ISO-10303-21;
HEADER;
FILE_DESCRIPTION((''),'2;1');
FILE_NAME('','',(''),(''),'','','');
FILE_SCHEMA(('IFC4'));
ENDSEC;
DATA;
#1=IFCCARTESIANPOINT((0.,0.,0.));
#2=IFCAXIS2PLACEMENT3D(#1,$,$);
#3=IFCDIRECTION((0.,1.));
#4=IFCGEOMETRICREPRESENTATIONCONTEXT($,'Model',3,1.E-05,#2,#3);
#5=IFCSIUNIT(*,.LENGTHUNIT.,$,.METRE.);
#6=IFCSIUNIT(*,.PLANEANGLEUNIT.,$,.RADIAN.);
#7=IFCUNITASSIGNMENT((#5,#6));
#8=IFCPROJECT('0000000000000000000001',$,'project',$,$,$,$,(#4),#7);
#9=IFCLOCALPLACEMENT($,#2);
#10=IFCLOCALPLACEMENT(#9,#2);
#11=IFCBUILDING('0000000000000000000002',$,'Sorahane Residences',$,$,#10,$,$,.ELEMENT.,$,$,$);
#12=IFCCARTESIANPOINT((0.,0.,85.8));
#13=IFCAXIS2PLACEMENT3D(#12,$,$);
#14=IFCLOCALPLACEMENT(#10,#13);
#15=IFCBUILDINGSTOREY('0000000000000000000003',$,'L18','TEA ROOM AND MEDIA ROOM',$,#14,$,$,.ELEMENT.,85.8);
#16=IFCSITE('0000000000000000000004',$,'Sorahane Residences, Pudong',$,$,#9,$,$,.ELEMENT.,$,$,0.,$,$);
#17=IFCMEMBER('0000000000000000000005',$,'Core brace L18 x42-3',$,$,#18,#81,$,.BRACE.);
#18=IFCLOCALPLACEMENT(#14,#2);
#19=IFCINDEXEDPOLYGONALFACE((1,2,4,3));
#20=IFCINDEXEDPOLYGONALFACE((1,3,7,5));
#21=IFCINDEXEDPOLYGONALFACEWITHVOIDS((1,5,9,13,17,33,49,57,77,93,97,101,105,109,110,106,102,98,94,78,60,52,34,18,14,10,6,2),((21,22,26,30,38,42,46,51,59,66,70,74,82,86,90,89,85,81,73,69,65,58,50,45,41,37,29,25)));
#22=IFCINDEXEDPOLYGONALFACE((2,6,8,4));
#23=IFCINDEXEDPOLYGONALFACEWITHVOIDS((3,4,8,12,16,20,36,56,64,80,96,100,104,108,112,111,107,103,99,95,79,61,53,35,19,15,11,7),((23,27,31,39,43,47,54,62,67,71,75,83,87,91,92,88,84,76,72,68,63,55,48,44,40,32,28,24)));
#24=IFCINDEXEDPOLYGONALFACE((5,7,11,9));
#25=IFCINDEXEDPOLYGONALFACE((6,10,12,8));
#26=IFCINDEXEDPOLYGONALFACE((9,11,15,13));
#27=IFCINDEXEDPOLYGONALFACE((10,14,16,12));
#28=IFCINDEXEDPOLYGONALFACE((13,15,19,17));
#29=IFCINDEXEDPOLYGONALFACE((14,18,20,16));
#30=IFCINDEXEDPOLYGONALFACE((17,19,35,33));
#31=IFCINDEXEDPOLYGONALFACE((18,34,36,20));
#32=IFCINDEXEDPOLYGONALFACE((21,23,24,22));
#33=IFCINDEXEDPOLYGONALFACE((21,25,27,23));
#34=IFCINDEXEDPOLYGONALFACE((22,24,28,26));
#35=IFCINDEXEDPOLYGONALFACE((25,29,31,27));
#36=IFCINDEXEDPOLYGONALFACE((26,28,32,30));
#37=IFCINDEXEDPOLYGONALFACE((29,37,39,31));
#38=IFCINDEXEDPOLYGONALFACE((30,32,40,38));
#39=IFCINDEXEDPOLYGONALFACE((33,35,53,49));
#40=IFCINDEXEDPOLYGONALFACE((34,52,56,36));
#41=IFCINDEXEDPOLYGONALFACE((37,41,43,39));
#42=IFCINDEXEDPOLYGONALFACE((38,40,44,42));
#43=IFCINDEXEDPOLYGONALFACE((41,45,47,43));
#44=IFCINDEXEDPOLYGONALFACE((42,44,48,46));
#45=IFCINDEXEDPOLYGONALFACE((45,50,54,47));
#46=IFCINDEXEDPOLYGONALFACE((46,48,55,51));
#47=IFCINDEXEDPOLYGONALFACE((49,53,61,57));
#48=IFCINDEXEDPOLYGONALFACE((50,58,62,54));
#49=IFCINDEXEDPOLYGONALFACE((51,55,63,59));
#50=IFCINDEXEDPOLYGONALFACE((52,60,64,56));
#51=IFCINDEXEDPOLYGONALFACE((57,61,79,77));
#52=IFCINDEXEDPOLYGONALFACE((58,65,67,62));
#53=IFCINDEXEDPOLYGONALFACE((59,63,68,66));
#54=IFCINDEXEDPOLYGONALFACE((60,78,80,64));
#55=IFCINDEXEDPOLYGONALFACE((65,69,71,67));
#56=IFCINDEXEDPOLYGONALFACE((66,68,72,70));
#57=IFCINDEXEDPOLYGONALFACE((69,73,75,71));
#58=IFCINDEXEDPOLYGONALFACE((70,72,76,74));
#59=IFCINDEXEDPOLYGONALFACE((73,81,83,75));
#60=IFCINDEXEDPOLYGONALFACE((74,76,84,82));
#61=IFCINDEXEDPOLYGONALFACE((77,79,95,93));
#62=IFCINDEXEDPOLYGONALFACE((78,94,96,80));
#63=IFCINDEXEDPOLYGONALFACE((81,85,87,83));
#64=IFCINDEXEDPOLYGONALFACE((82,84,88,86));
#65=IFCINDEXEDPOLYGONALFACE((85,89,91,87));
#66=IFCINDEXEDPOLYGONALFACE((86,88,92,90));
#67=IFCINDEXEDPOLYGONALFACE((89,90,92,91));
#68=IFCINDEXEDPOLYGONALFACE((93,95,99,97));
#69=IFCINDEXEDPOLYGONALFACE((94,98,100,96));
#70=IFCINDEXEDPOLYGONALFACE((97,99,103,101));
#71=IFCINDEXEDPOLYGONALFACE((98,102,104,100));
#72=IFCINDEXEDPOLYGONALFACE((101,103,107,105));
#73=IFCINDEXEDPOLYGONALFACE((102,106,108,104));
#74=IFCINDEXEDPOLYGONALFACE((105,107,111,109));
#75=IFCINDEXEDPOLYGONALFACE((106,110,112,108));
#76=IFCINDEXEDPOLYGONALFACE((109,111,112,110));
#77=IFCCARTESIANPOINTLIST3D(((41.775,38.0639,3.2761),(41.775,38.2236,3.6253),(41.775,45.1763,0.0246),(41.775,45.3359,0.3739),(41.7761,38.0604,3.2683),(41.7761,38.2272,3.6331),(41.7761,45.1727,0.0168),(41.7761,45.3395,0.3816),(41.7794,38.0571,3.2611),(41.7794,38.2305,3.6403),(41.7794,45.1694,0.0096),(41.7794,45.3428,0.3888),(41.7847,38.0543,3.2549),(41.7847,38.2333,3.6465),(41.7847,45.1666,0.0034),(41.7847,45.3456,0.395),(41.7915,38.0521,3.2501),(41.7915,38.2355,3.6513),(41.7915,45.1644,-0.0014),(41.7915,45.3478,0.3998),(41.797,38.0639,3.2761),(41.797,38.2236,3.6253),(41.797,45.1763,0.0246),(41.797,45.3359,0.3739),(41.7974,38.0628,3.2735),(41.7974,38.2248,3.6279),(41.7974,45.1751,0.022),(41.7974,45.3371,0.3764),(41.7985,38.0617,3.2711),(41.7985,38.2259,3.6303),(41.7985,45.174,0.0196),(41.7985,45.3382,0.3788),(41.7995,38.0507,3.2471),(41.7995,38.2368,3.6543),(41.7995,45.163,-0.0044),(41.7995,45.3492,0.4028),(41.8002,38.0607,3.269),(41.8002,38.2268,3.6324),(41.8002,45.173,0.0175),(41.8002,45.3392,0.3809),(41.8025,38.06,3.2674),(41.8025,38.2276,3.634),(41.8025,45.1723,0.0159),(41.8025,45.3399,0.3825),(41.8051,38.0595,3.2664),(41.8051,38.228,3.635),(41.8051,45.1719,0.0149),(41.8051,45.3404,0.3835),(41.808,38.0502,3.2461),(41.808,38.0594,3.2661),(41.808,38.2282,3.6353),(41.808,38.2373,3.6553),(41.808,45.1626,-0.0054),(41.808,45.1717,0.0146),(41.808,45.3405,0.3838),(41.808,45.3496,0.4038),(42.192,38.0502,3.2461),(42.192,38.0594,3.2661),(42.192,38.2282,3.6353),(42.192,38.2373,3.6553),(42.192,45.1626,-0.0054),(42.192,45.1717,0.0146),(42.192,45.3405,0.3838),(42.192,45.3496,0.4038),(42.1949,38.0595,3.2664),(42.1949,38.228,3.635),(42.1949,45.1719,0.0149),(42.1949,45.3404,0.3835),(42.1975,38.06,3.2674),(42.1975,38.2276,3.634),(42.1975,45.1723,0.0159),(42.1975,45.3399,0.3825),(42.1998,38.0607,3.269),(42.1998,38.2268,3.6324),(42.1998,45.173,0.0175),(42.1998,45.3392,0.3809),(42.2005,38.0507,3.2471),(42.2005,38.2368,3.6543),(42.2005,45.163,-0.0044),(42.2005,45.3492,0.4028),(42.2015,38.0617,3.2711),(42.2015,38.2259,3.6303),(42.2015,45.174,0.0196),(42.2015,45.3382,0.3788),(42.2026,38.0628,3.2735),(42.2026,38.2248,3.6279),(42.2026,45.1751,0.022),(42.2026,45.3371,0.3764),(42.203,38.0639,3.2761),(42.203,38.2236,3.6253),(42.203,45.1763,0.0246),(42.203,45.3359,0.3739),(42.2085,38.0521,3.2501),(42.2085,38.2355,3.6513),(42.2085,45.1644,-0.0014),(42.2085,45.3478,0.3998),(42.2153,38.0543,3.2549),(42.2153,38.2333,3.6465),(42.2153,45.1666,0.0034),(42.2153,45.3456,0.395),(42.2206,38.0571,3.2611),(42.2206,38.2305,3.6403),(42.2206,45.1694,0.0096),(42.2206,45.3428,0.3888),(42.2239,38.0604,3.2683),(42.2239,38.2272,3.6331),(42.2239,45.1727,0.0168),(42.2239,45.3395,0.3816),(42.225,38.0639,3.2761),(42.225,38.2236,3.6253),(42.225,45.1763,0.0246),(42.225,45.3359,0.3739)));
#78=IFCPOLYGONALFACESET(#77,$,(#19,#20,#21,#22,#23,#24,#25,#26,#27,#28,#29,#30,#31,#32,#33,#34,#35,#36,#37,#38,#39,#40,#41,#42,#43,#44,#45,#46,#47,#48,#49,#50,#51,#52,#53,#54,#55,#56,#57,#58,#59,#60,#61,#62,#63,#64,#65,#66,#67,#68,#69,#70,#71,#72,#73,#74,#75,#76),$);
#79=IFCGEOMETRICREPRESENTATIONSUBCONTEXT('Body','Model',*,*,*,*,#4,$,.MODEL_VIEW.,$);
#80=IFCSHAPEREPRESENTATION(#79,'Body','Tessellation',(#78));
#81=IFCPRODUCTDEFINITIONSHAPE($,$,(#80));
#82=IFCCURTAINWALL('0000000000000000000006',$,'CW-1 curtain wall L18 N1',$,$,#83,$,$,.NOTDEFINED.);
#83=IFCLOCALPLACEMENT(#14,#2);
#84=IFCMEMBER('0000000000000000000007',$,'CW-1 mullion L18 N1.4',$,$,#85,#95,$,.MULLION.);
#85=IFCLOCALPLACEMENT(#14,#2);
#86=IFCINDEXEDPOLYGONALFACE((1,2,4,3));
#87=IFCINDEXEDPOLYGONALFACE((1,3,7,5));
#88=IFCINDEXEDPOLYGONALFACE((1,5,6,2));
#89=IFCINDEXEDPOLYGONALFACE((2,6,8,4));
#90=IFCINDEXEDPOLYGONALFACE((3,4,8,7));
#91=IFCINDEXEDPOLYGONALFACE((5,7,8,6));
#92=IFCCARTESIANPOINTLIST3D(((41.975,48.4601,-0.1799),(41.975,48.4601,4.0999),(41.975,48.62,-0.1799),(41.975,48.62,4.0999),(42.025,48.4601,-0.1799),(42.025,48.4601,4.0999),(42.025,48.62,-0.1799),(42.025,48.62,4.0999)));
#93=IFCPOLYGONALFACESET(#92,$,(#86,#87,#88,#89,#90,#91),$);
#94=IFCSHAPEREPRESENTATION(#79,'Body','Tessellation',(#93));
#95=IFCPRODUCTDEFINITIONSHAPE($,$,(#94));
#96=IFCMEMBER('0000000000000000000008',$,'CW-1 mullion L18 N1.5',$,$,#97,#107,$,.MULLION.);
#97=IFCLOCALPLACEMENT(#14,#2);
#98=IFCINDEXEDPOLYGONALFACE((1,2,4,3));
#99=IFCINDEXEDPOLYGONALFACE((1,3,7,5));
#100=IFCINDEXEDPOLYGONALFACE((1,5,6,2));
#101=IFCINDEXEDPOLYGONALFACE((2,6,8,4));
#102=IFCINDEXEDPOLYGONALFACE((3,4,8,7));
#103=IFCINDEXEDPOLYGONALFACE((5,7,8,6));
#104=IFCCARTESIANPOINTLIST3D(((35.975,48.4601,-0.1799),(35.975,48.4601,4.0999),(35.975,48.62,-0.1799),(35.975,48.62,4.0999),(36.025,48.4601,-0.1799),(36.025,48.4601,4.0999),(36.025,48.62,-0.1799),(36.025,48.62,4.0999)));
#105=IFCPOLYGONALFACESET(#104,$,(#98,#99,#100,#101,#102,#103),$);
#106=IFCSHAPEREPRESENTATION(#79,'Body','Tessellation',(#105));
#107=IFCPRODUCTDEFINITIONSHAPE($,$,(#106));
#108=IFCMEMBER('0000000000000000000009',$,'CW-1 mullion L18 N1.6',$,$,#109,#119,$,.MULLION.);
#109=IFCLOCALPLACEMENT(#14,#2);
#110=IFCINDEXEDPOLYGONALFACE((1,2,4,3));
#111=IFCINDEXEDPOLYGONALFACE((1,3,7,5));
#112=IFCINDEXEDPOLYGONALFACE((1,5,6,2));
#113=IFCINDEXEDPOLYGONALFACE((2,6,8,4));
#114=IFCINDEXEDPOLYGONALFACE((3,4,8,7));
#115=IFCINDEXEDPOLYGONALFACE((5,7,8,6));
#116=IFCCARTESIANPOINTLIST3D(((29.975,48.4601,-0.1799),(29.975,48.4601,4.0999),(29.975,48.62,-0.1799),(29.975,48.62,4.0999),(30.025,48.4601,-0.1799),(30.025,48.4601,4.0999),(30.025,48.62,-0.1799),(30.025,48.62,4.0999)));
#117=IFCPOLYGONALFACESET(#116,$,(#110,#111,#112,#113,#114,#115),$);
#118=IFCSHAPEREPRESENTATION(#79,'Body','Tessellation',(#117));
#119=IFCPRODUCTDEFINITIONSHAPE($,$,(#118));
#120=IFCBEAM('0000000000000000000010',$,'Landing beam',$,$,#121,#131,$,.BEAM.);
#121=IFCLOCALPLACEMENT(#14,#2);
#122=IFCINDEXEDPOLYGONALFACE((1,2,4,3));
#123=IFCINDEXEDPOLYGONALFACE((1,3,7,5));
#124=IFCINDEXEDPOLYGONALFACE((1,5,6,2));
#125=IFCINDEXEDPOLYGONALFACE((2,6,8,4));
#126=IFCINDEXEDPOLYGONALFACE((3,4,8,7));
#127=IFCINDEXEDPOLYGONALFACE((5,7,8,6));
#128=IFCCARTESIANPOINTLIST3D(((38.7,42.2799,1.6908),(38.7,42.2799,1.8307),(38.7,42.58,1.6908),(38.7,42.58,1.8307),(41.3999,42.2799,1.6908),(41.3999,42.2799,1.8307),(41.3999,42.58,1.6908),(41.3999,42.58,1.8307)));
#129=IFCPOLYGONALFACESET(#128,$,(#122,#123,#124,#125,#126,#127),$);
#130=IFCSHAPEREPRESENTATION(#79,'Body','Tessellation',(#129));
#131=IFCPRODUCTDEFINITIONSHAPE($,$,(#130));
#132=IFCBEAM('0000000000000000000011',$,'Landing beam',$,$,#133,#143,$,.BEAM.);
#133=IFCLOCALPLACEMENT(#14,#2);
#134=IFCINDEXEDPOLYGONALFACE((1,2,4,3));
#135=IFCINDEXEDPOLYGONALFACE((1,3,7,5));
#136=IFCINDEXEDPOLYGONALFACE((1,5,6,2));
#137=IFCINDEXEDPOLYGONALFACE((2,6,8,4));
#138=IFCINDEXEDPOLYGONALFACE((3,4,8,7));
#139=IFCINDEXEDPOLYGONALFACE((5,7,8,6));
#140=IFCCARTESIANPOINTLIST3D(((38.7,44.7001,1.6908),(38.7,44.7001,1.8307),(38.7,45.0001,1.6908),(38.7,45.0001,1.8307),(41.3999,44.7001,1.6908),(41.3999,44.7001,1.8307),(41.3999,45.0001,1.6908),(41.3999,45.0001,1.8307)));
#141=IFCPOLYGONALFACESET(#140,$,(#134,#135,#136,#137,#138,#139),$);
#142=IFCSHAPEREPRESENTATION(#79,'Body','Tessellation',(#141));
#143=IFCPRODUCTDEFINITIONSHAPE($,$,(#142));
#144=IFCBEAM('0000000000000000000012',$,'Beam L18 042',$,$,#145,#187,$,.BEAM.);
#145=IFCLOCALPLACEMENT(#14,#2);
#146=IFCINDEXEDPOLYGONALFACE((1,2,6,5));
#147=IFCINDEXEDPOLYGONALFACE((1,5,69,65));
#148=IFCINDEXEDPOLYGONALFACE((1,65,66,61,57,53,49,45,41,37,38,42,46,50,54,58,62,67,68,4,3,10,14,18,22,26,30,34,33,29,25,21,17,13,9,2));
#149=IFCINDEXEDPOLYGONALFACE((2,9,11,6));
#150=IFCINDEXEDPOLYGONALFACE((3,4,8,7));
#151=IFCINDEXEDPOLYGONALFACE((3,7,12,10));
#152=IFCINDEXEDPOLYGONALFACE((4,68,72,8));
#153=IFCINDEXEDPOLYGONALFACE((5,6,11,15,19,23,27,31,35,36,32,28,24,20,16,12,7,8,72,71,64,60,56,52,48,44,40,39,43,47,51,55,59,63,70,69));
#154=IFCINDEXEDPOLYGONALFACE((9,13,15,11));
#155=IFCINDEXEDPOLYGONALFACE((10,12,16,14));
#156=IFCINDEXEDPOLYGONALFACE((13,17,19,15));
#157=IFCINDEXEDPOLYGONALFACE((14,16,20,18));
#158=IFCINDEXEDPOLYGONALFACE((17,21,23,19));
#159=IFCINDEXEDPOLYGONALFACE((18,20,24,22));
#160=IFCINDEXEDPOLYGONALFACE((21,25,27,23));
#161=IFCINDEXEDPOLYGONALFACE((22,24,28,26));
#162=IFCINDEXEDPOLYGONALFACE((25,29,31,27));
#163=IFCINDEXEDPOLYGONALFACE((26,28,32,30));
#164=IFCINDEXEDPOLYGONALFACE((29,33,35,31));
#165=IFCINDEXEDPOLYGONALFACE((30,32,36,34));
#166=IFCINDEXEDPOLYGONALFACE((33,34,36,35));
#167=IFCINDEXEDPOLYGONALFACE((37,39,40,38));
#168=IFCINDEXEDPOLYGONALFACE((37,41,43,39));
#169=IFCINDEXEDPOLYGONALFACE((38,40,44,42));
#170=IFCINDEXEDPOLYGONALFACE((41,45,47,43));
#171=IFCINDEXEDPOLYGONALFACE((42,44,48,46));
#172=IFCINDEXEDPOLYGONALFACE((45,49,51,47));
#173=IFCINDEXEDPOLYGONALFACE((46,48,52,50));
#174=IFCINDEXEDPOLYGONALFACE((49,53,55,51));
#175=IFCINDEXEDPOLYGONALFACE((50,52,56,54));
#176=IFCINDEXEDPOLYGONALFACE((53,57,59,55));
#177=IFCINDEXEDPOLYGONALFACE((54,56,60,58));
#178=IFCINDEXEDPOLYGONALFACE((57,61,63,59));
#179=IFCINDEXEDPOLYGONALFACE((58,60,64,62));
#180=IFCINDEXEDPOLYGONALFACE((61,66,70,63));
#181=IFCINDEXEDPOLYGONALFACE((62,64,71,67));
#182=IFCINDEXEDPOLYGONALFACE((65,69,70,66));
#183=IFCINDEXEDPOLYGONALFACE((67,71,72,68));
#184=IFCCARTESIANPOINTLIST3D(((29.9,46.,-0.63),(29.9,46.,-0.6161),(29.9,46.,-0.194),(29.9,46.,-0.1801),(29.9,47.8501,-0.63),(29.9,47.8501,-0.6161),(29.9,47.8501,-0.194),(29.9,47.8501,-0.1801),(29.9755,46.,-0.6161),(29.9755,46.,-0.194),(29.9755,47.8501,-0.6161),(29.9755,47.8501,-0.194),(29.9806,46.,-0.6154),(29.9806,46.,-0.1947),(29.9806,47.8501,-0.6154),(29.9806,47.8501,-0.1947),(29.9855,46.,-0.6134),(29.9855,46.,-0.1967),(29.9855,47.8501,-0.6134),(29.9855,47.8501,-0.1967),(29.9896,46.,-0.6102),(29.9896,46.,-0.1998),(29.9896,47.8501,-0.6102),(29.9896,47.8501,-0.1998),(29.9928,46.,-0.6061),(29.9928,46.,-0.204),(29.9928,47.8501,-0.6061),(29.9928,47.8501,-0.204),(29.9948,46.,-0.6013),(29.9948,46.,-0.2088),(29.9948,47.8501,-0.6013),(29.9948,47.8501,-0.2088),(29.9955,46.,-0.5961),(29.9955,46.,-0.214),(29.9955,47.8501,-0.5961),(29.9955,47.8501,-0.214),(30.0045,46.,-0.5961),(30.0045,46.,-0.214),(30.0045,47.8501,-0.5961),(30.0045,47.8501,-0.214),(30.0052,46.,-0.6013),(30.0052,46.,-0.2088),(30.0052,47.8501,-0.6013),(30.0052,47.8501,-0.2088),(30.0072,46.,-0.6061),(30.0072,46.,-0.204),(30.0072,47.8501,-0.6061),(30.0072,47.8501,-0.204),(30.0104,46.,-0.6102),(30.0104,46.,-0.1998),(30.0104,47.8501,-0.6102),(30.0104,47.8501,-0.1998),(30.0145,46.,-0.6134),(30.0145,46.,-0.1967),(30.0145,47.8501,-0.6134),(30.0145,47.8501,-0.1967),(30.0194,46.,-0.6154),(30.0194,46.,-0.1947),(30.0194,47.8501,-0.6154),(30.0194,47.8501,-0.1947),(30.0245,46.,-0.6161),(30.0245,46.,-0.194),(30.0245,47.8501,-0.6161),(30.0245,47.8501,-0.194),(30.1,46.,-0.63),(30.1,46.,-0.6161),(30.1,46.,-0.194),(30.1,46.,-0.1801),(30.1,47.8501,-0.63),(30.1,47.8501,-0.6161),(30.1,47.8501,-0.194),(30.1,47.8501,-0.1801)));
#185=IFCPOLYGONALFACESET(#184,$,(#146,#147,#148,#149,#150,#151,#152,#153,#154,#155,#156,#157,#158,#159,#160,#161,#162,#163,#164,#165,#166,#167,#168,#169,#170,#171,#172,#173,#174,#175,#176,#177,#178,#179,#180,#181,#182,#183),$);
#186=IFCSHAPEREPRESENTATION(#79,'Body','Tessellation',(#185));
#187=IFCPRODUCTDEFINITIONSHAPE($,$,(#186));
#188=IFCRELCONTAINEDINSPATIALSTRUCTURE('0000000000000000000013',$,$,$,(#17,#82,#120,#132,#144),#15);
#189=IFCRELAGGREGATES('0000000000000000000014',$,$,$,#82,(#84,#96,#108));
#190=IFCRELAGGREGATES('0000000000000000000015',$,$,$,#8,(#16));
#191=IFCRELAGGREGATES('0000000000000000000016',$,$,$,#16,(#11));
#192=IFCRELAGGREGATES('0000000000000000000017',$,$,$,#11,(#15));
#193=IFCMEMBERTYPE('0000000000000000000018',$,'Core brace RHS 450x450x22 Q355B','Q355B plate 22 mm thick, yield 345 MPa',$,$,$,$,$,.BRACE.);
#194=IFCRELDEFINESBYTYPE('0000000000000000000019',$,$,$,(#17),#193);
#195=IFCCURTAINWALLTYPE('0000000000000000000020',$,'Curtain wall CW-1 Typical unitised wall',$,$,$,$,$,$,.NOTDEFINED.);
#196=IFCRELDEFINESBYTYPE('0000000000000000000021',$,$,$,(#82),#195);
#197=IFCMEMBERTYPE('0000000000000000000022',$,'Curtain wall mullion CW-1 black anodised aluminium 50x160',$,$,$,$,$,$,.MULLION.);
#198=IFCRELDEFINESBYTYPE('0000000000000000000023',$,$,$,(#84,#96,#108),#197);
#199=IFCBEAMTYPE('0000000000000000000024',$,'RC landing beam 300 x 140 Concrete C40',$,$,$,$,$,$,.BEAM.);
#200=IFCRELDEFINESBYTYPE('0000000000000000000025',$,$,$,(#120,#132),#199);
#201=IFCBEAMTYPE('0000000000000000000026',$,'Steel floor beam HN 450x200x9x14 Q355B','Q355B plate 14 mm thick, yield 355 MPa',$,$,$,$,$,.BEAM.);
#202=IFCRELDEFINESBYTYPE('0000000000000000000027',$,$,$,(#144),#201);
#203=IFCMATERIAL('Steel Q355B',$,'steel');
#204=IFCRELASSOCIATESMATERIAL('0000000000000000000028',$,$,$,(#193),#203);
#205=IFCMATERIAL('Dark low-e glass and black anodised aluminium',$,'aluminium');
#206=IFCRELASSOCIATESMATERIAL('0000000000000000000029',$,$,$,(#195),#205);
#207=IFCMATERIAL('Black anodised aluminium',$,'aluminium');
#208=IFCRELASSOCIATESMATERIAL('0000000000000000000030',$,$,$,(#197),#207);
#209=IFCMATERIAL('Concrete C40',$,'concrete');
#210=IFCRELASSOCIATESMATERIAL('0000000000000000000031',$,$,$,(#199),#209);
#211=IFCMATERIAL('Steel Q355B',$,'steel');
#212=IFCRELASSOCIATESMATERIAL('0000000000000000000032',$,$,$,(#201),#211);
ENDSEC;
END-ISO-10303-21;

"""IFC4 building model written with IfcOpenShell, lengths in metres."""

from ifc_helpers import new_model, si_unit, direction, frame, origin, origin_2d, place, context, subcontext, project, spatial, rectangle, hollow_rectangle, i_section, extrude, material, material_profile, profile_set, type_object, element, aggregate, save


model = new_model("IFC4")

# Units and contexts
model_context = context("Model", 3, precision=1e-05, world=origin(), true_north=direction((0.0, 1.0)))
body_context = subcontext(model_context, "Body", "Model", "MODEL_VIEW")
ifc_project = project(units=[si_unit("LENGTHUNIT", "METRE"), si_unit("PLANEANGLEUNIT", "RADIAN")], contexts=[model_context])

# Site, building, storey
site_placement = place(None, origin())
site = spatial("IfcSite", under=ifc_project, at=site_placement, Name="Sorahane Residences, Pudong", CompositionType="ELEMENT", RefElevation=0.0)
building_placement = place(site_placement, origin())
building = spatial("IfcBuilding", under=site, at=building_placement, Name="Sorahane Residences", CompositionType="ELEMENT")
storey_placement = place(building_placement, frame((0.0, 0.0, 85.8)))
storey = spatial("IfcBuildingStorey", under=building, at=storey_placement, Name="L18", Description="TEA ROOM AND MEDIA ROOM", CompositionType="ELEMENT", Elevation=85.8)

# Member
ifc_material_1 = material(Name="Steel Q355B", Category="steel")
ifc_material_profile_1 = material_profile(ifc_material_1, hollow_rectangle(XDim=0.45, YDim=0.45, WallThickness=0.022, InnerFilletRadius=0.011, OuterFilletRadius=0.033, at=origin_2d()), Name="RHS 450x450x22")
ifc_profile_set_1 = profile_set([ifc_material_profile_1], Name="Steel Q355B")
member_type_1 = type_object("IfcMemberType", Name="Core brace RHS 450x450x22 Q355B", Description="Q355B plate 22 mm thick, yield 345 MPa", PredefinedType="BRACE", material=ifc_profile_set_1)
member_1_placement = place(storey_placement, frame((42.0, 45.2561, 0.1992), z_axis=(0.0, -0.909468, 0.415773), x_axis=(1.0, 0.0, 0.0)))
element("IfcMember", 1, at=member_1_placement, inside=storey, type_object=member_type_1, Name="Core brace L18 x42-3", PredefinedType="BRACE", context=body_context, shape_type="SweptSolid", body=[
    extrude(hollow_rectangle(XDim=0.45, YDim=0.45, WallThickness=0.022, InnerFilletRadius=0.011, OuterFilletRadius=0.033, at=origin_2d()), origin(), (0.0, 0.0, 1.0), 7.8203),
])

# Curtain wall, members
ifc_material_2 = material(Name="Dark low-e glass and black anodised aluminium", Category="aluminium")
curtain_wall_type = type_object("IfcCurtainWallType", Name="Curtain wall CW-1 Typical unitised wall", PredefinedType="NOTDEFINED", material=ifc_material_2)
curtain_wall_placement = place(storey_placement, origin())
curtain_wall = element("IfcCurtainWall", 2, at=curtain_wall_placement, inside=storey, type_object=curtain_wall_type, Name="CW-1 curtain wall L18 N1", PredefinedType="NOTDEFINED")
ifc_material_3 = material(Name="Black anodised aluminium", Category="aluminium")
ifc_material_profile_2 = material_profile(ifc_material_3, rectangle(XDim=0.1599, YDim=0.05, at=origin_2d()), Name="Curtain wall mullion CW-1 black anodised aluminium 50x160")
ifc_profile_set_2 = profile_set([ifc_material_profile_2], Name="Black anodised aluminium")
member_type_2 = type_object("IfcMemberType", Name="Curtain wall mullion CW-1 black anodised aluminium 50x160", PredefinedType="MULLION", material=ifc_profile_set_2)
member_2_placement = place(storey_placement, frame((42.0, 48.54, -0.1799), z_axis=(0.0, 0.0, 1.0), x_axis=(0.0, 1.0, 0.0)))
member_2 = element("IfcMember", 3, at=member_2_placement, type_object=member_type_2, Name="CW-1 mullion L18 N1.4", PredefinedType="MULLION", context=body_context, shape_type="SweptSolid", body=[
    extrude(rectangle(XDim=0.1599, YDim=0.05, at=origin_2d()), origin(), (0.0, 0.0, 1.0), 4.2798),
])
member_3_placement = place(storey_placement, frame((36.0, 48.54, -0.1799), z_axis=(0.0, 0.0, 1.0), x_axis=(0.0, 1.0, 0.0)))
member_3 = element("IfcMember", 4, at=member_3_placement, type_object=member_type_2, Name="CW-1 mullion L18 N1.5", PredefinedType="MULLION", context=body_context, shape_type="SweptSolid", body=[
    extrude(rectangle(XDim=0.1599, YDim=0.05, at=origin_2d()), origin(), (0.0, 0.0, 1.0), 4.2798),
])
member_4_placement = place(storey_placement, frame((30.0, 48.54, -0.1799), z_axis=(0.0, 0.0, 1.0), x_axis=(0.0, 1.0, 0.0)))
member_4 = element("IfcMember", 5, at=member_4_placement, type_object=member_type_2, Name="CW-1 mullion L18 N1.6", PredefinedType="MULLION", context=body_context, shape_type="SweptSolid", body=[
    extrude(rectangle(XDim=0.1599, YDim=0.05, at=origin_2d()), origin(), (0.0, 0.0, 1.0), 4.2798),
])

# Beams
ifc_material_4 = material(Name="Concrete C40", Category="concrete")
ifc_material_profile_3 = material_profile(ifc_material_4, rectangle(XDim=0.3, YDim=0.1399, at=origin_2d()), Name="300x140")
ifc_profile_set_3 = profile_set([ifc_material_profile_3], Name="Concrete C40")
beam_type_1 = type_object("IfcBeamType", Name="RC landing beam 300 x 140 Concrete C40", PredefinedType="BEAM", material=ifc_profile_set_3)
for number, where, z_axis, x_axis, name in (
    (6, (38.7, 42.4299, 1.7607), (1.0, 0.0, 0.0), (0.0, 1.0, 0.0), "Landing beam"),
    (7, (38.7, 44.8501, 1.7607), (1.0, 0.0, 0.0), (0.0, 1.0, 0.0), "Landing beam"),
):
    element("IfcBeam", number, at=place(storey_placement, frame(where, z_axis=z_axis, x_axis=x_axis)), inside=storey, type_object=beam_type_1, Name=name, PredefinedType="BEAM", context=body_context, shape_type="SweptSolid", body=[
        extrude(rectangle(XDim=0.3, YDim=0.1399, at=origin_2d()), origin(), (0.0, 0.0, 1.0), 2.7),
    ])
ifc_material_5 = material(Name="Steel Q355B", Category="steel")
ifc_material_profile_4 = material_profile(ifc_material_5, i_section(OverallWidth=0.2, OverallDepth=0.45, WebThickness=0.009, FlangeThickness=0.0139, FilletRadius=0.02, at=origin_2d()), Name="HN 450x200x9x14")
ifc_profile_set_4 = profile_set([ifc_material_profile_4], Name="Steel Q355B")
beam_type_2 = type_object("IfcBeamType", Name="Steel floor beam HN 450x200x9x14 Q355B", Description="Q355B plate 14 mm thick, yield 355 MPa", PredefinedType="BEAM", material=ifc_profile_set_4)
beam_1_placement = place(storey_placement, frame((30.0, 46.0, -0.405), z_axis=(0.0, 1.0, 0.0), x_axis=(-1.0, 0.0, 0.0)))
element("IfcBeam", 8, at=beam_1_placement, inside=storey, type_object=beam_type_2, Name="Beam L18 042", PredefinedType="BEAM", context=body_context, shape_type="SweptSolid", body=[
    extrude(i_section(OverallWidth=0.2, OverallDepth=0.45, WebThickness=0.009, FlangeThickness=0.0139, FilletRadius=0.02, at=origin_2d()), origin(), (0.0, 0.0, 1.0), 1.8501),
])

aggregate(curtain_wall, [member_2, member_3, member_4])

save(model, "model.ifc")
